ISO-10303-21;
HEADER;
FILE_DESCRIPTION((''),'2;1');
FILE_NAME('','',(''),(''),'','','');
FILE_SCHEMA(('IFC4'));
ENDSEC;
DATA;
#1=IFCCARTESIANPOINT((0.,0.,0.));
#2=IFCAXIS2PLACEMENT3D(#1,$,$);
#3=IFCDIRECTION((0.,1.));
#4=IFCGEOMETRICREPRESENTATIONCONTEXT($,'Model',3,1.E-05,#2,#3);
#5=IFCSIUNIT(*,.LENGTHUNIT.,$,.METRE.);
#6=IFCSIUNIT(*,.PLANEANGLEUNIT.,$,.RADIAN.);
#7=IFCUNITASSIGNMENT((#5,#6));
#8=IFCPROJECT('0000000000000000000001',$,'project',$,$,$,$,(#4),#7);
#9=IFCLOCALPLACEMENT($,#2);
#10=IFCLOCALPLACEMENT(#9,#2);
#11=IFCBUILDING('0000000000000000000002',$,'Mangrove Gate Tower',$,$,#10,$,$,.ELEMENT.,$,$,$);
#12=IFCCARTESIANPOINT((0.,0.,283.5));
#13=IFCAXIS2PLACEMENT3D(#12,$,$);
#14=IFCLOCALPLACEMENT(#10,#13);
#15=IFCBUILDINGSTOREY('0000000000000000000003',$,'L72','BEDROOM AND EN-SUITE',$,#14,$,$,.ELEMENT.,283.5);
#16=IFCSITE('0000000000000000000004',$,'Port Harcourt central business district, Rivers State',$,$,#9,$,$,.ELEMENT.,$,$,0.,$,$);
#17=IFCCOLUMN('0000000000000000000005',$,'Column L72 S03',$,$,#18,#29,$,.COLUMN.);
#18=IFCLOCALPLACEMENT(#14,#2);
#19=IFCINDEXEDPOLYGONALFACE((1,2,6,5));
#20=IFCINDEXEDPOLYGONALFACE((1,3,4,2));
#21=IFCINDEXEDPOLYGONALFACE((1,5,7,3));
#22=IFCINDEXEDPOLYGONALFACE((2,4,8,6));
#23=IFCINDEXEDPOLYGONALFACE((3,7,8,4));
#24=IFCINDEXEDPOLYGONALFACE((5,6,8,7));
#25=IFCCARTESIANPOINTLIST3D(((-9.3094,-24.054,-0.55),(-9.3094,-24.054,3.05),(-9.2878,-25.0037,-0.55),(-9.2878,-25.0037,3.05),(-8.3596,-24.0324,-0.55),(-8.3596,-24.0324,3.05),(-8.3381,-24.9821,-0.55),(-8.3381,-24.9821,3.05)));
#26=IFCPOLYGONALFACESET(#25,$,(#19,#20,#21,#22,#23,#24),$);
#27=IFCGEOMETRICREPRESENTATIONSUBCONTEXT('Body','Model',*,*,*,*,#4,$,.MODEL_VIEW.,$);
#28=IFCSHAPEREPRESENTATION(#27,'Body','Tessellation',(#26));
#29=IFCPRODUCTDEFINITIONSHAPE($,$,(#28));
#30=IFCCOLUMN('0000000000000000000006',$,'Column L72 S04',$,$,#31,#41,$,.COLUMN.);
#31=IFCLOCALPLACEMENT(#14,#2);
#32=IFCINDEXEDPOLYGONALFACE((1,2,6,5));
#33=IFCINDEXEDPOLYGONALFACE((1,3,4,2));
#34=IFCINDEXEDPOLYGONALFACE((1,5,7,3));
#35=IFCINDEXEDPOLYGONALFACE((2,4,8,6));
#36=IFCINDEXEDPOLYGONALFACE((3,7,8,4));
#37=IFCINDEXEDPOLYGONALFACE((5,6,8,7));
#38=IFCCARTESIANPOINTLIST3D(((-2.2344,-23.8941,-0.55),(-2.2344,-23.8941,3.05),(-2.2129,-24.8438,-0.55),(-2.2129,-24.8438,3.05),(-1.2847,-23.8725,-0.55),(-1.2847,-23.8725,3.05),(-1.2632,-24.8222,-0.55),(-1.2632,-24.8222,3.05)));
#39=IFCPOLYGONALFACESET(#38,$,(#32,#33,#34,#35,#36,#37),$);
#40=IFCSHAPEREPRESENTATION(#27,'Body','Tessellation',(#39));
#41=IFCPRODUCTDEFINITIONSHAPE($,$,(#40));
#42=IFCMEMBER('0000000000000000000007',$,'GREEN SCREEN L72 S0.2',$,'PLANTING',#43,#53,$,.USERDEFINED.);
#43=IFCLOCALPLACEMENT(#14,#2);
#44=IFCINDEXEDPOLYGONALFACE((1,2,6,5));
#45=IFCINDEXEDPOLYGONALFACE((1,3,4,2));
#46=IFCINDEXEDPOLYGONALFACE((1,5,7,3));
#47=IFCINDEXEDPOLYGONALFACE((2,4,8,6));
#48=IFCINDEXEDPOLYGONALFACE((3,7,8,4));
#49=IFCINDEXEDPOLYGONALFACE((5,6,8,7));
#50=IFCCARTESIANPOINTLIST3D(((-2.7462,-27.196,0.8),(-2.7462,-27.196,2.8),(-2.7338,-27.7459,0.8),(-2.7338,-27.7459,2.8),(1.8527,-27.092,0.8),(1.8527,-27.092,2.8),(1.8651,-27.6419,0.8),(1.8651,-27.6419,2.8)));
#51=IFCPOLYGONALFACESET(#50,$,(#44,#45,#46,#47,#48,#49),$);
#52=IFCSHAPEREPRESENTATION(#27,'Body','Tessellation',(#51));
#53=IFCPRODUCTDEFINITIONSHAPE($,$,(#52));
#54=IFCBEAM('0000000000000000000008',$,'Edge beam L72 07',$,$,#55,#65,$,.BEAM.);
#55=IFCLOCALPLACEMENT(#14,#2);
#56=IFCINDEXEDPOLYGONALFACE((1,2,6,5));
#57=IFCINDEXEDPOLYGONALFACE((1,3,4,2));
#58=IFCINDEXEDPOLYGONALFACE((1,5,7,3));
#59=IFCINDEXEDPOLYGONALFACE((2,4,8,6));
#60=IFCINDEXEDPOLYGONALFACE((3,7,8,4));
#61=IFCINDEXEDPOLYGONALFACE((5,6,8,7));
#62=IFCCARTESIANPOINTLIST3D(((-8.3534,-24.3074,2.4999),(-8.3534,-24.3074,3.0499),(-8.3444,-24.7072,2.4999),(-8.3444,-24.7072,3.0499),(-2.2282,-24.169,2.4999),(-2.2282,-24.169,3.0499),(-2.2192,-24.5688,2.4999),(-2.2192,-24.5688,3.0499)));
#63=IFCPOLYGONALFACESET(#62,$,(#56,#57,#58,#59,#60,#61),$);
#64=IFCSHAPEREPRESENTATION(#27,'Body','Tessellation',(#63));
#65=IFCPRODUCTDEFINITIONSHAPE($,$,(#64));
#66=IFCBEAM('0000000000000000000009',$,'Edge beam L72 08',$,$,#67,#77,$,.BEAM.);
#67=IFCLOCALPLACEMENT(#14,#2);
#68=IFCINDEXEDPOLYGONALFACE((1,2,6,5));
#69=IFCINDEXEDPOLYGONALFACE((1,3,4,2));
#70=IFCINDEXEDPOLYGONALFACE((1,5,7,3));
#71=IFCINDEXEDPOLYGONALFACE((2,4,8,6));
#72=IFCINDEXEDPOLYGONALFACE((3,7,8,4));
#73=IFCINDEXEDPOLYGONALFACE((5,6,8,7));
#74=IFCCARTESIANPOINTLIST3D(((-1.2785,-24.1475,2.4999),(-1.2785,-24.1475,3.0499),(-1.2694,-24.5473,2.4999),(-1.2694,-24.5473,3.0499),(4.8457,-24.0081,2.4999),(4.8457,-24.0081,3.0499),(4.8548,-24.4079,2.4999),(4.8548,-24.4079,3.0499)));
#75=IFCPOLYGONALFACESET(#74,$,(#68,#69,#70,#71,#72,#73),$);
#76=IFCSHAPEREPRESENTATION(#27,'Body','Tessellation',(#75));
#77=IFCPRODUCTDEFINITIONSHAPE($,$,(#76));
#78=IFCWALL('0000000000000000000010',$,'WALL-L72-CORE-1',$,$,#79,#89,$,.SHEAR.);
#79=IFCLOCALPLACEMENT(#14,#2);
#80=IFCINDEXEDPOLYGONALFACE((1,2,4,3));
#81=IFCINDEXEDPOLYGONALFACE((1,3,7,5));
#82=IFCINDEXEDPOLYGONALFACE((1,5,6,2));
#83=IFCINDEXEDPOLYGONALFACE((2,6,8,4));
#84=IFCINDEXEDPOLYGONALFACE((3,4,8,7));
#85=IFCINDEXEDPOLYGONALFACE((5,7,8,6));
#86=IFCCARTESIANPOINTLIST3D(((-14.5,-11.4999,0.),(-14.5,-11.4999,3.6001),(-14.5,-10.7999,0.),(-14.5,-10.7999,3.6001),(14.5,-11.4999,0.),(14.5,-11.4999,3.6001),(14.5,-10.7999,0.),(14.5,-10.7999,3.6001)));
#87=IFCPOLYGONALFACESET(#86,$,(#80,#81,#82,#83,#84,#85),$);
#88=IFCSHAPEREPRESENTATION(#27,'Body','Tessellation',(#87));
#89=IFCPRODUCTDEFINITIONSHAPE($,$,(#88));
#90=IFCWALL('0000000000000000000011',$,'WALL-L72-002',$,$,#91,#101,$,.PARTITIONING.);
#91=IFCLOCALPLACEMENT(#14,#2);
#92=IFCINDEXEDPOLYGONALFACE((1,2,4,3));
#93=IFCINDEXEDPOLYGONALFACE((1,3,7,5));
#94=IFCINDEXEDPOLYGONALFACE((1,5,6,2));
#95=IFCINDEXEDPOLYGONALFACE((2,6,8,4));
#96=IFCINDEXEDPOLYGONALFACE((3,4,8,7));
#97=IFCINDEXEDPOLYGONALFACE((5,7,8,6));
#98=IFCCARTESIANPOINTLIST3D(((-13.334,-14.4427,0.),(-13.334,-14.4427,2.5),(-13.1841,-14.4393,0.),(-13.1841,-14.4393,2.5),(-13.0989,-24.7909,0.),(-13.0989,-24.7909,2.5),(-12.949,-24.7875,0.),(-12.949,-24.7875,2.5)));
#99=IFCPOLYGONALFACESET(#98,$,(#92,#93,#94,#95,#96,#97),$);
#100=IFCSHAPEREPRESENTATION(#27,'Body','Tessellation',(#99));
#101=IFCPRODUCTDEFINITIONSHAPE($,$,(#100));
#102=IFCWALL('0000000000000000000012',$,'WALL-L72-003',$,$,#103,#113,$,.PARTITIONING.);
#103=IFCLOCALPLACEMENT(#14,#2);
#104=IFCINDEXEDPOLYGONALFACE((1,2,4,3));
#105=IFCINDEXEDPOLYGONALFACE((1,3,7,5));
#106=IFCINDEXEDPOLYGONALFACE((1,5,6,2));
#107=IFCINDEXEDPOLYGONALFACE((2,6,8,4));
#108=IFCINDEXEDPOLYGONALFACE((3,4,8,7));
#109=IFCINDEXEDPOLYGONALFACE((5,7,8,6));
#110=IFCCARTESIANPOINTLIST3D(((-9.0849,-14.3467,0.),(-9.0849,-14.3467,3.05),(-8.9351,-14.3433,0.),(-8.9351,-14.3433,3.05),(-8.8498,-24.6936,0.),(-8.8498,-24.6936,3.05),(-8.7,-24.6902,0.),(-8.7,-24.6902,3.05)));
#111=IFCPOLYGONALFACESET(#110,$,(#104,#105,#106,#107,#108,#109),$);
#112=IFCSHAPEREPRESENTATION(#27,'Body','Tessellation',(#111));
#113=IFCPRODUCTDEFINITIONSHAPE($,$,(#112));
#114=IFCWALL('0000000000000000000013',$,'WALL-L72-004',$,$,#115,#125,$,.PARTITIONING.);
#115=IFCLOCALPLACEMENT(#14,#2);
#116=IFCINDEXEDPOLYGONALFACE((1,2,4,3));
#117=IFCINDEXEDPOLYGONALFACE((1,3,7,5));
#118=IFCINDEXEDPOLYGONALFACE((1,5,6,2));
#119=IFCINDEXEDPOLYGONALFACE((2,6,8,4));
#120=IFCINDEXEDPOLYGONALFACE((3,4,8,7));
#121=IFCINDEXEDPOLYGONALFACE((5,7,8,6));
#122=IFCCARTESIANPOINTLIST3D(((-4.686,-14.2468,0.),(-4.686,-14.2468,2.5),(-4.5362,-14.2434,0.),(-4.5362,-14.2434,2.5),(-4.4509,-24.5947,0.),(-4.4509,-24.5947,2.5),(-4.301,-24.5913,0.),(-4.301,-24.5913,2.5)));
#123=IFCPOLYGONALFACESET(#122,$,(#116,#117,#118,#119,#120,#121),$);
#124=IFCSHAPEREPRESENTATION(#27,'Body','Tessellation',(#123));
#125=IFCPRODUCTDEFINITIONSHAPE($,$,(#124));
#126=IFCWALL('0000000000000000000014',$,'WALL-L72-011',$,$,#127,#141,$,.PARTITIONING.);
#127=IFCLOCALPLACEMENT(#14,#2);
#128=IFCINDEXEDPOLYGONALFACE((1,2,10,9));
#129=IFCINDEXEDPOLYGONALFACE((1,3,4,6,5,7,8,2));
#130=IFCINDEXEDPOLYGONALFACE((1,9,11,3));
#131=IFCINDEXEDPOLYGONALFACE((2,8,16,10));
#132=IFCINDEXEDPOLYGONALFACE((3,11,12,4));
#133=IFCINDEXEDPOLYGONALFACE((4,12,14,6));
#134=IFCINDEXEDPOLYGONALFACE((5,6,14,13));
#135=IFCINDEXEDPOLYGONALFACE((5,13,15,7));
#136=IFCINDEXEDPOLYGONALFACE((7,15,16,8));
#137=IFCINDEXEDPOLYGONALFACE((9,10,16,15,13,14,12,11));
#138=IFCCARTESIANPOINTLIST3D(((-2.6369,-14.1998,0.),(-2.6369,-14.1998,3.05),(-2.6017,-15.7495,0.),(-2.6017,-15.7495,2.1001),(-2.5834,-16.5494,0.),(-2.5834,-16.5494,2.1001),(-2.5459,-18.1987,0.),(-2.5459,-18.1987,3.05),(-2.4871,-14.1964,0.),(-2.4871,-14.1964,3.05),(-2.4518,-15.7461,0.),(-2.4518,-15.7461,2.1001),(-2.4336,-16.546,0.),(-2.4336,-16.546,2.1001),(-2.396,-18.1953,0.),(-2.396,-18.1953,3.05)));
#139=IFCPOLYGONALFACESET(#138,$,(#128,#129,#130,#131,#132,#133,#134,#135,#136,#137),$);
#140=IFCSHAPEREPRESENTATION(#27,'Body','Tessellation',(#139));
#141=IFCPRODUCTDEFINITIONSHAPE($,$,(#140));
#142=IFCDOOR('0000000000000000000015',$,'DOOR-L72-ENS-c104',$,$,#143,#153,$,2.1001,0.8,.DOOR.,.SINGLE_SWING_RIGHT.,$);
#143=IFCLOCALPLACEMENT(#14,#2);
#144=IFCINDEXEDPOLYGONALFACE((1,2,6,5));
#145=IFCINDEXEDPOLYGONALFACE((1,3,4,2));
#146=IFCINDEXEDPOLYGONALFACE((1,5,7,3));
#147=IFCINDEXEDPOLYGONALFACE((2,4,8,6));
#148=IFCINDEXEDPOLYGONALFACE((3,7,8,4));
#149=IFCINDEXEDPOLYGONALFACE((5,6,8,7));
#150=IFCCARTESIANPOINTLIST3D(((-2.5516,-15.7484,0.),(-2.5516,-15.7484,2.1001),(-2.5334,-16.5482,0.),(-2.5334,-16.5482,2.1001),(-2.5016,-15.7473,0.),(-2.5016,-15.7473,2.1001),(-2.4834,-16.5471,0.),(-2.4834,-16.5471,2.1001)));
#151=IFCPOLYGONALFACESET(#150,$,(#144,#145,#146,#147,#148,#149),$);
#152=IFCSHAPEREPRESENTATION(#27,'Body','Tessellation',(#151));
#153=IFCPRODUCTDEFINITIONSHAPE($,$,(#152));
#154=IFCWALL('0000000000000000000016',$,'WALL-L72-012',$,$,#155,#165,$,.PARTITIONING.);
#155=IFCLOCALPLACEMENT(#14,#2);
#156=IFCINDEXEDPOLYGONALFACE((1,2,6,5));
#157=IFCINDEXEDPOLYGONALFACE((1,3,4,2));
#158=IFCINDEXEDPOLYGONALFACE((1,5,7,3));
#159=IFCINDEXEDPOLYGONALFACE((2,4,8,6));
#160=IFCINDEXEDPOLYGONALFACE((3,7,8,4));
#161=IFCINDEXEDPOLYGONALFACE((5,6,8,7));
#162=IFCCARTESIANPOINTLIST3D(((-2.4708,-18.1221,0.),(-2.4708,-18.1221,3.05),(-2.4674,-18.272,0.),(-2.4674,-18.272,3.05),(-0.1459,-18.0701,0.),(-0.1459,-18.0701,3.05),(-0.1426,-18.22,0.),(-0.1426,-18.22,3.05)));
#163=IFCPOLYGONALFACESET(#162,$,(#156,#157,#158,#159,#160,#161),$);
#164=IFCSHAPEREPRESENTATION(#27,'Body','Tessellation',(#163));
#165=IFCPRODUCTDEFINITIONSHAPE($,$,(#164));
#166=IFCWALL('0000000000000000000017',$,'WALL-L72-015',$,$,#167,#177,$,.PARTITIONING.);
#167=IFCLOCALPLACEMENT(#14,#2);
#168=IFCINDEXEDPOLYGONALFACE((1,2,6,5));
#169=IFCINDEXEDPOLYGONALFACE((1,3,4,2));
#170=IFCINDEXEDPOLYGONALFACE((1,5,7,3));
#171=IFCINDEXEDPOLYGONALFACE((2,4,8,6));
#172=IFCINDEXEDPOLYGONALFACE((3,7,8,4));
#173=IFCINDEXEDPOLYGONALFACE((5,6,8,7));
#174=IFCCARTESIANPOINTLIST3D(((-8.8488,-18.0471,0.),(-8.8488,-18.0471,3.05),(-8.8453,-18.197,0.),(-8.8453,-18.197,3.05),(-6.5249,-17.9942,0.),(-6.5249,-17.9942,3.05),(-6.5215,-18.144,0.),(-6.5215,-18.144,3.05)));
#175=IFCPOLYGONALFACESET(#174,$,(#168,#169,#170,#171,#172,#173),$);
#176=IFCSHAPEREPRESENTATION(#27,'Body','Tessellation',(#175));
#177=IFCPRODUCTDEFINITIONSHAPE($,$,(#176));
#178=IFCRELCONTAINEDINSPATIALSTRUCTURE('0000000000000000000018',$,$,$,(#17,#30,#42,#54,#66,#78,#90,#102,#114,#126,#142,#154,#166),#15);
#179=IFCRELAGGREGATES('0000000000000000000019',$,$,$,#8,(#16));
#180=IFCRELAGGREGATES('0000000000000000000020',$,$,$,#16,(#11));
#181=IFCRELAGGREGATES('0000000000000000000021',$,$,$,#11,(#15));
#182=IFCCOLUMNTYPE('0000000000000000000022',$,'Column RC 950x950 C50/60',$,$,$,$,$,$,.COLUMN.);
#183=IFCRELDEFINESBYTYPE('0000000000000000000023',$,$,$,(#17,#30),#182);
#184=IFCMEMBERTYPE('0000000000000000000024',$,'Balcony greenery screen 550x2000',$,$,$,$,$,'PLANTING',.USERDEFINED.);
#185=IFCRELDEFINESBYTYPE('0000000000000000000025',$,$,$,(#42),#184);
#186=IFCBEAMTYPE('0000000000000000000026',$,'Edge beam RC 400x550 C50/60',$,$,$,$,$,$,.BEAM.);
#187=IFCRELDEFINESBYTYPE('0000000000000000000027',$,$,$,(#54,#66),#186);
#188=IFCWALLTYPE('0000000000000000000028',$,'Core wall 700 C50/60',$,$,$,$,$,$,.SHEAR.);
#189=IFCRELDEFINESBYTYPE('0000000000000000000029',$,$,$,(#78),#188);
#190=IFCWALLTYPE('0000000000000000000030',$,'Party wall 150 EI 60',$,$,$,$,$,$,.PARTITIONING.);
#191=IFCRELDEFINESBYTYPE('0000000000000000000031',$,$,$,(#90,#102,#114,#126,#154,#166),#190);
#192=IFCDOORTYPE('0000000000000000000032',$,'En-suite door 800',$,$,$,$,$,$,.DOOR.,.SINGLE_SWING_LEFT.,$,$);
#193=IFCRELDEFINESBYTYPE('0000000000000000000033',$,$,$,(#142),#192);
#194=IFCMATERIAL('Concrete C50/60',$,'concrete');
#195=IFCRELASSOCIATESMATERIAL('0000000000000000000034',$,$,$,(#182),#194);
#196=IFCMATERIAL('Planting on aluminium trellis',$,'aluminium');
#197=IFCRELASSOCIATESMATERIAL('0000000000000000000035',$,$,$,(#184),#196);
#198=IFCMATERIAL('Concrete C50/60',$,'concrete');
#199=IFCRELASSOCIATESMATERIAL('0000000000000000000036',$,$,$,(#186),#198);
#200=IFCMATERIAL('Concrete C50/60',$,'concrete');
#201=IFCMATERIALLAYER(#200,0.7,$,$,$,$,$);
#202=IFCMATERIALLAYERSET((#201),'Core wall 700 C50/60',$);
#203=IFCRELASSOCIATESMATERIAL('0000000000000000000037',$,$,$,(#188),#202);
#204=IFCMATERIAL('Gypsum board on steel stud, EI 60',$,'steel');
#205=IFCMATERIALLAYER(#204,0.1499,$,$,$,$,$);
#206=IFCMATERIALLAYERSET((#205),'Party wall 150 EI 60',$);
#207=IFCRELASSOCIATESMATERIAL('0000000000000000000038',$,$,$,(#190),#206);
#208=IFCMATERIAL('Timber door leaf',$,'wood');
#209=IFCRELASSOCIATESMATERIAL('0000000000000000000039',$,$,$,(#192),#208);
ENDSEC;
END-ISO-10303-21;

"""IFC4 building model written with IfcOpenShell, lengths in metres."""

from ifc_helpers import new_model, si_unit, direction, frame, frame_2d, origin, origin_2d, place, context, subcontext, project, spatial, rectangle, extrude, material, layer, layer_set, material_profile, profile_set, type_object, element, fill, save


model = new_model("IFC4")

# Units and contexts
model_context = context("Model", 3, precision=1e-05, world=origin(), true_north=direction((0.0, 1.0)))
body_context = subcontext(model_context, "Body", "Model", "MODEL_VIEW")
ifc_project = project(units=[si_unit("LENGTHUNIT", "METRE"), si_unit("PLANEANGLEUNIT", "RADIAN")], contexts=[model_context])

# Site, building, storey
site_placement = place(None, origin())
site = spatial("IfcSite", under=ifc_project, at=site_placement, Name="Port Harcourt central business district, Rivers State", CompositionType="ELEMENT", RefElevation=0.0)
building_placement = place(site_placement, origin())
building = spatial("IfcBuilding", under=site, at=building_placement, Name="Mangrove Gate Tower", CompositionType="ELEMENT")
storey_placement = place(building_placement, frame((0.0, 0.0, 283.5)))
storey = spatial("IfcBuildingStorey", under=building, at=storey_placement, Name="L72", Description="BEDROOM AND EN-SUITE", CompositionType="ELEMENT", Elevation=283.5)

# Columns
ifc_material_1 = material(Name="Concrete C50/60", Category="concrete")
ifc_material_profile_1 = material_profile(ifc_material_1, rectangle(XDim=0.95, YDim=0.95, at=origin_2d()))
ifc_profile_set_1 = profile_set([ifc_material_profile_1], Name="Concrete C50/60")
column_type = type_object("IfcColumnType", Name="Column RC 950x950 C50/60", PredefinedType="COLUMN", material=ifc_profile_set_1)
for number, where, z_axis, x_axis, name in (
    (1, (-8.8237, -24.5181, -0.55), (0.0, 0.0, 1.0), (0.999743, 0.02268, 0.0), "Column L72 S03"),
    (2, (-1.7488, -24.3582, -0.55), (0.0, 0.0, 1.0), (0.999743, 0.022681, 0.0), "Column L72 S04"),
):
    element("IfcColumn", number, at=place(storey_placement, frame(where, z_axis=z_axis, x_axis=x_axis)), inside=storey, type_object=column_type, Name=name, PredefinedType="COLUMN", context=body_context, shape_type="SweptSolid", body=[
        extrude(rectangle(XDim=0.95, YDim=0.95, at=origin_2d()), origin(), (0.0, 0.0, 1.0), 3.6001),
    ])

# Member
ifc_material_2 = material(Name="Planting on aluminium trellis", Category="aluminium")
ifc_material_profile_2 = material_profile(ifc_material_2, rectangle(XDim=0.55, YDim=2.0, at=origin_2d()))
ifc_profile_set_2 = profile_set([ifc_material_profile_2], Name="Planting on aluminium trellis")
member_type = type_object("IfcMemberType", Name="Balcony greenery screen 550x2000", ElementType="PLANTING", PredefinedType="USERDEFINED", material=ifc_profile_set_2)
member_placement = place(storey_placement, frame((-2.74, -27.4709, 1.8), z_axis=(0.999744, 0.022609, 0.0), x_axis=(-0.022609, 0.999744, 0.0)))
element("IfcMember", 3, at=member_placement, inside=storey, type_object=member_type, Name="GREEN SCREEN L72 S0.2", ObjectType="PLANTING", PredefinedType="USERDEFINED", context=body_context, shape_type="SweptSolid", body=[
    extrude(rectangle(XDim=0.55, YDim=2.0, at=origin_2d()), origin(), (0.0, 0.0, 1.0), 4.6001),
])

# Beams
ifc_material_3 = material(Name="Concrete C50/60", Category="concrete")
ifc_material_profile_3 = material_profile(ifc_material_3, rectangle(XDim=0.3999, YDim=0.55, at=origin_2d()))
ifc_profile_set_3 = profile_set([ifc_material_profile_3], Name="Concrete C50/60")
beam_type = type_object("IfcBeamType", Name="Edge beam RC 400x550 C50/60", PredefinedType="BEAM", material=ifc_profile_set_3)
beam_1_placement = place(storey_placement, frame((-8.3489, -24.5073, 2.7749), z_axis=(0.999745, 0.022594, 0.0), x_axis=(-0.022594, 0.999745, 0.0)))
element("IfcBeam", 4, at=beam_1_placement, inside=storey, type_object=beam_type, Name="Edge beam L72 07", PredefinedType="BEAM", context=body_context, shape_type="SweptSolid", body=[
    extrude(rectangle(XDim=0.3999, YDim=0.55, at=origin_2d()), origin(), (0.0, 0.0, 1.0), 6.1267),
])
beam_2_placement = place(storey_placement, frame((-1.2739, -24.3474, 2.7749), z_axis=(0.999741, 0.022757, 0.0), x_axis=(-0.022757, 0.999741, 0.0)))
element("IfcBeam", 5, at=beam_2_placement, inside=storey, type_object=beam_type, Name="Edge beam L72 08", PredefinedType="BEAM", context=body_context, shape_type="SweptSolid", body=[
    extrude(rectangle(XDim=0.3999, YDim=0.55, at=origin_2d()), origin(), (0.0, 0.0, 1.0), 6.1257),
])

# Walls
ifc_material_4 = material(Name="Concrete C50/60", Category="concrete")
ifc_layer_1 = layer(ifc_material_4, 0.7)
ifc_layer_set_1 = layer_set([ifc_layer_1], Name="Core wall 700 C50/60")
wall_type_1 = type_object("IfcWallType", Name="Core wall 700 C50/60", PredefinedType="SHEAR", material=ifc_layer_set_1)
wall_1_placement = place(storey_placement, frame((-14.5, -11.1499, 0.0), z_axis=(0.0, 0.0, 1.0), x_axis=(1.0, 0.0, 0.0)))
element("IfcWall", 6, at=wall_1_placement, inside=storey, type_object=wall_type_1, Name="WALL-L72-CORE-1", PredefinedType="SHEAR", context=body_context, shape_type="SweptSolid", body=[
    extrude(rectangle(XDim=29.0, YDim=0.7, at=frame_2d((14.5, 0.0))), origin(), (0.0, 0.0, 1.0), 3.6001),
])
ifc_material_5 = material(Name="Gypsum board on steel stud, EI 60", Category="steel")
ifc_layer_2 = layer(ifc_material_5, 0.1499)
ifc_layer_set_2 = layer_set([ifc_layer_2], Name="Party wall 150 EI 60")
wall_type_2 = type_object("IfcWallType", Name="Party wall 150 EI 60", PredefinedType="PARTITIONING", material=ifc_layer_set_2)
wall_2_placement = place(storey_placement, frame((-13.0239, -24.7891, 0.0), z_axis=(0.0, 0.0, 1.0), x_axis=(-0.022714, 0.999742, 0.0)))
element("IfcWall", 7, at=wall_2_placement, inside=storey, type_object=wall_type_2, Name="WALL-L72-002", PredefinedType="PARTITIONING", context=body_context, shape_type="SweptSolid", body=[
    extrude(rectangle(XDim=10.3508, YDim=0.1499, at=frame_2d((5.1753, 0.0))), origin(), (0.0, 0.0, 1.0), 2.5),
])
wall_3_placement = place(storey_placement, frame((-8.7749, -24.6919, 0.0), z_axis=(0.0, 0.0, 1.0), x_axis=(-0.022717, 0.999742, 0.0)))
element("IfcWall", 8, at=wall_3_placement, inside=storey, type_object=wall_type_2, Name="WALL-L72-003", PredefinedType="PARTITIONING", context=body_context, shape_type="SweptSolid", body=[
    extrude(rectangle(XDim=10.3496, YDim=0.1499, at=frame_2d((5.1748, 0.0))), origin(), (0.0, 0.0, 1.0), 3.05),
])
wall_4_placement = place(storey_placement, frame((-4.376, -24.593, 0.0), z_axis=(0.0, 0.0, 1.0), x_axis=(-0.022714, 0.999742, 0.0)))
element("IfcWall", 9, at=wall_4_placement, inside=storey, type_object=wall_type_2, Name="WALL-L72-004", PredefinedType="PARTITIONING", context=body_context, shape_type="SweptSolid", body=[
    extrude(rectangle(XDim=10.3506, YDim=0.1499, at=frame_2d((5.1753, 0.0))), origin(), (0.0, 0.0, 1.0), 2.5),
])

# Wall, opening, door
wall_5_placement = place(storey_placement, frame((-2.4709, -18.197, 0.0), z_axis=(0.0, 0.0, 1.0), x_axis=(-0.022766, 0.999741, 0.0)))
wall_5 = element("IfcWall", 10, at=wall_5_placement, inside=storey, type_object=wall_type_2, Name="WALL-L72-011", PredefinedType="PARTITIONING", context=body_context, shape_type="SweptSolid", body=[
    extrude(rectangle(XDim=4.0, YDim=0.1499, at=frame_2d((2.0, 0.0))), origin(), (0.0, 0.0, 1.0), 3.05),
])
opening_1_placement = place(wall_5_placement, frame((1.6499, 0.0, 0.0)))
opening_1 = element("IfcOpeningElement", 11, at=opening_1_placement, cuts=wall_5, PredefinedType="OPENING", context=body_context, shape_type="SweptSolid", body=[
    extrude(rectangle(XDim=0.8, YDim=2.1001, at=frame_2d((0.3999, 1.05))), frame((0.0, 0.085, 0.0), z_axis=(0.0, -1.0, 0.0), x_axis=(1.0, 0.0, 0.0)), (0.0, 0.0, 1.0), 0.1699),
])
ifc_material_6 = material(Name="Timber door leaf", Category="wood")
door_type = type_object("IfcDoorType", Name="En-suite door 800", OperationType="SINGLE_SWING_LEFT", PredefinedType="DOOR", material=ifc_material_6)
door_1_placement = place(opening_1_placement, origin())
door_1 = element("IfcDoor", 12, at=door_1_placement, inside=storey, type_object=door_type, Name="DOOR-L72-ENS-c104", OperationType="SINGLE_SWING_RIGHT", OverallHeight=2.1001, OverallWidth=0.8, PredefinedType="DOOR", context=body_context, shape_type="SweptSolid", body=[
    extrude(rectangle(XDim=0.8, YDim=2.1001, at=frame_2d((0.3999, 1.05))), frame((0.0, 0.0249, 0.0), z_axis=(0.0, -1.0, 0.0), x_axis=(1.0, 0.0, 0.0)), (0.0, 0.0, 1.0), 0.05),
])
fill(opening_1, door_1)

# Walls
wall_6_placement = place(storey_placement, frame((-2.469, -18.197, 0.0), z_axis=(0.0, 0.0, 1.0), x_axis=(0.99975, 0.022361, 0.0)))
element("IfcWall", 13, at=wall_6_placement, inside=storey, type_object=wall_type_2, Name="WALL-L72-012", PredefinedType="PARTITIONING", context=body_context, shape_type="SweptSolid", body=[
    extrude(rectangle(XDim=2.3254, YDim=0.1499, at=frame_2d((1.1626, 0.0))), origin(), (0.0, 0.0, 1.0), 3.05),
])
wall_7_placement = place(storey_placement, frame((-8.8469, -18.1221, 0.0), z_axis=(0.0, 0.0, 1.0), x_axis=(0.99974, 0.022791, 0.0)))
element("IfcWall", 14, at=wall_7_placement, inside=storey, type_object=wall_type_2, Name="WALL-L72-015", PredefinedType="PARTITIONING", context=body_context, shape_type="SweptSolid", body=[
    extrude(rectangle(XDim=2.3245, YDim=0.1499, at=frame_2d((1.1621, 0.0))), origin(), (0.0, 0.0, 1.0), 3.05),
])

save(model, "model.ifc")
